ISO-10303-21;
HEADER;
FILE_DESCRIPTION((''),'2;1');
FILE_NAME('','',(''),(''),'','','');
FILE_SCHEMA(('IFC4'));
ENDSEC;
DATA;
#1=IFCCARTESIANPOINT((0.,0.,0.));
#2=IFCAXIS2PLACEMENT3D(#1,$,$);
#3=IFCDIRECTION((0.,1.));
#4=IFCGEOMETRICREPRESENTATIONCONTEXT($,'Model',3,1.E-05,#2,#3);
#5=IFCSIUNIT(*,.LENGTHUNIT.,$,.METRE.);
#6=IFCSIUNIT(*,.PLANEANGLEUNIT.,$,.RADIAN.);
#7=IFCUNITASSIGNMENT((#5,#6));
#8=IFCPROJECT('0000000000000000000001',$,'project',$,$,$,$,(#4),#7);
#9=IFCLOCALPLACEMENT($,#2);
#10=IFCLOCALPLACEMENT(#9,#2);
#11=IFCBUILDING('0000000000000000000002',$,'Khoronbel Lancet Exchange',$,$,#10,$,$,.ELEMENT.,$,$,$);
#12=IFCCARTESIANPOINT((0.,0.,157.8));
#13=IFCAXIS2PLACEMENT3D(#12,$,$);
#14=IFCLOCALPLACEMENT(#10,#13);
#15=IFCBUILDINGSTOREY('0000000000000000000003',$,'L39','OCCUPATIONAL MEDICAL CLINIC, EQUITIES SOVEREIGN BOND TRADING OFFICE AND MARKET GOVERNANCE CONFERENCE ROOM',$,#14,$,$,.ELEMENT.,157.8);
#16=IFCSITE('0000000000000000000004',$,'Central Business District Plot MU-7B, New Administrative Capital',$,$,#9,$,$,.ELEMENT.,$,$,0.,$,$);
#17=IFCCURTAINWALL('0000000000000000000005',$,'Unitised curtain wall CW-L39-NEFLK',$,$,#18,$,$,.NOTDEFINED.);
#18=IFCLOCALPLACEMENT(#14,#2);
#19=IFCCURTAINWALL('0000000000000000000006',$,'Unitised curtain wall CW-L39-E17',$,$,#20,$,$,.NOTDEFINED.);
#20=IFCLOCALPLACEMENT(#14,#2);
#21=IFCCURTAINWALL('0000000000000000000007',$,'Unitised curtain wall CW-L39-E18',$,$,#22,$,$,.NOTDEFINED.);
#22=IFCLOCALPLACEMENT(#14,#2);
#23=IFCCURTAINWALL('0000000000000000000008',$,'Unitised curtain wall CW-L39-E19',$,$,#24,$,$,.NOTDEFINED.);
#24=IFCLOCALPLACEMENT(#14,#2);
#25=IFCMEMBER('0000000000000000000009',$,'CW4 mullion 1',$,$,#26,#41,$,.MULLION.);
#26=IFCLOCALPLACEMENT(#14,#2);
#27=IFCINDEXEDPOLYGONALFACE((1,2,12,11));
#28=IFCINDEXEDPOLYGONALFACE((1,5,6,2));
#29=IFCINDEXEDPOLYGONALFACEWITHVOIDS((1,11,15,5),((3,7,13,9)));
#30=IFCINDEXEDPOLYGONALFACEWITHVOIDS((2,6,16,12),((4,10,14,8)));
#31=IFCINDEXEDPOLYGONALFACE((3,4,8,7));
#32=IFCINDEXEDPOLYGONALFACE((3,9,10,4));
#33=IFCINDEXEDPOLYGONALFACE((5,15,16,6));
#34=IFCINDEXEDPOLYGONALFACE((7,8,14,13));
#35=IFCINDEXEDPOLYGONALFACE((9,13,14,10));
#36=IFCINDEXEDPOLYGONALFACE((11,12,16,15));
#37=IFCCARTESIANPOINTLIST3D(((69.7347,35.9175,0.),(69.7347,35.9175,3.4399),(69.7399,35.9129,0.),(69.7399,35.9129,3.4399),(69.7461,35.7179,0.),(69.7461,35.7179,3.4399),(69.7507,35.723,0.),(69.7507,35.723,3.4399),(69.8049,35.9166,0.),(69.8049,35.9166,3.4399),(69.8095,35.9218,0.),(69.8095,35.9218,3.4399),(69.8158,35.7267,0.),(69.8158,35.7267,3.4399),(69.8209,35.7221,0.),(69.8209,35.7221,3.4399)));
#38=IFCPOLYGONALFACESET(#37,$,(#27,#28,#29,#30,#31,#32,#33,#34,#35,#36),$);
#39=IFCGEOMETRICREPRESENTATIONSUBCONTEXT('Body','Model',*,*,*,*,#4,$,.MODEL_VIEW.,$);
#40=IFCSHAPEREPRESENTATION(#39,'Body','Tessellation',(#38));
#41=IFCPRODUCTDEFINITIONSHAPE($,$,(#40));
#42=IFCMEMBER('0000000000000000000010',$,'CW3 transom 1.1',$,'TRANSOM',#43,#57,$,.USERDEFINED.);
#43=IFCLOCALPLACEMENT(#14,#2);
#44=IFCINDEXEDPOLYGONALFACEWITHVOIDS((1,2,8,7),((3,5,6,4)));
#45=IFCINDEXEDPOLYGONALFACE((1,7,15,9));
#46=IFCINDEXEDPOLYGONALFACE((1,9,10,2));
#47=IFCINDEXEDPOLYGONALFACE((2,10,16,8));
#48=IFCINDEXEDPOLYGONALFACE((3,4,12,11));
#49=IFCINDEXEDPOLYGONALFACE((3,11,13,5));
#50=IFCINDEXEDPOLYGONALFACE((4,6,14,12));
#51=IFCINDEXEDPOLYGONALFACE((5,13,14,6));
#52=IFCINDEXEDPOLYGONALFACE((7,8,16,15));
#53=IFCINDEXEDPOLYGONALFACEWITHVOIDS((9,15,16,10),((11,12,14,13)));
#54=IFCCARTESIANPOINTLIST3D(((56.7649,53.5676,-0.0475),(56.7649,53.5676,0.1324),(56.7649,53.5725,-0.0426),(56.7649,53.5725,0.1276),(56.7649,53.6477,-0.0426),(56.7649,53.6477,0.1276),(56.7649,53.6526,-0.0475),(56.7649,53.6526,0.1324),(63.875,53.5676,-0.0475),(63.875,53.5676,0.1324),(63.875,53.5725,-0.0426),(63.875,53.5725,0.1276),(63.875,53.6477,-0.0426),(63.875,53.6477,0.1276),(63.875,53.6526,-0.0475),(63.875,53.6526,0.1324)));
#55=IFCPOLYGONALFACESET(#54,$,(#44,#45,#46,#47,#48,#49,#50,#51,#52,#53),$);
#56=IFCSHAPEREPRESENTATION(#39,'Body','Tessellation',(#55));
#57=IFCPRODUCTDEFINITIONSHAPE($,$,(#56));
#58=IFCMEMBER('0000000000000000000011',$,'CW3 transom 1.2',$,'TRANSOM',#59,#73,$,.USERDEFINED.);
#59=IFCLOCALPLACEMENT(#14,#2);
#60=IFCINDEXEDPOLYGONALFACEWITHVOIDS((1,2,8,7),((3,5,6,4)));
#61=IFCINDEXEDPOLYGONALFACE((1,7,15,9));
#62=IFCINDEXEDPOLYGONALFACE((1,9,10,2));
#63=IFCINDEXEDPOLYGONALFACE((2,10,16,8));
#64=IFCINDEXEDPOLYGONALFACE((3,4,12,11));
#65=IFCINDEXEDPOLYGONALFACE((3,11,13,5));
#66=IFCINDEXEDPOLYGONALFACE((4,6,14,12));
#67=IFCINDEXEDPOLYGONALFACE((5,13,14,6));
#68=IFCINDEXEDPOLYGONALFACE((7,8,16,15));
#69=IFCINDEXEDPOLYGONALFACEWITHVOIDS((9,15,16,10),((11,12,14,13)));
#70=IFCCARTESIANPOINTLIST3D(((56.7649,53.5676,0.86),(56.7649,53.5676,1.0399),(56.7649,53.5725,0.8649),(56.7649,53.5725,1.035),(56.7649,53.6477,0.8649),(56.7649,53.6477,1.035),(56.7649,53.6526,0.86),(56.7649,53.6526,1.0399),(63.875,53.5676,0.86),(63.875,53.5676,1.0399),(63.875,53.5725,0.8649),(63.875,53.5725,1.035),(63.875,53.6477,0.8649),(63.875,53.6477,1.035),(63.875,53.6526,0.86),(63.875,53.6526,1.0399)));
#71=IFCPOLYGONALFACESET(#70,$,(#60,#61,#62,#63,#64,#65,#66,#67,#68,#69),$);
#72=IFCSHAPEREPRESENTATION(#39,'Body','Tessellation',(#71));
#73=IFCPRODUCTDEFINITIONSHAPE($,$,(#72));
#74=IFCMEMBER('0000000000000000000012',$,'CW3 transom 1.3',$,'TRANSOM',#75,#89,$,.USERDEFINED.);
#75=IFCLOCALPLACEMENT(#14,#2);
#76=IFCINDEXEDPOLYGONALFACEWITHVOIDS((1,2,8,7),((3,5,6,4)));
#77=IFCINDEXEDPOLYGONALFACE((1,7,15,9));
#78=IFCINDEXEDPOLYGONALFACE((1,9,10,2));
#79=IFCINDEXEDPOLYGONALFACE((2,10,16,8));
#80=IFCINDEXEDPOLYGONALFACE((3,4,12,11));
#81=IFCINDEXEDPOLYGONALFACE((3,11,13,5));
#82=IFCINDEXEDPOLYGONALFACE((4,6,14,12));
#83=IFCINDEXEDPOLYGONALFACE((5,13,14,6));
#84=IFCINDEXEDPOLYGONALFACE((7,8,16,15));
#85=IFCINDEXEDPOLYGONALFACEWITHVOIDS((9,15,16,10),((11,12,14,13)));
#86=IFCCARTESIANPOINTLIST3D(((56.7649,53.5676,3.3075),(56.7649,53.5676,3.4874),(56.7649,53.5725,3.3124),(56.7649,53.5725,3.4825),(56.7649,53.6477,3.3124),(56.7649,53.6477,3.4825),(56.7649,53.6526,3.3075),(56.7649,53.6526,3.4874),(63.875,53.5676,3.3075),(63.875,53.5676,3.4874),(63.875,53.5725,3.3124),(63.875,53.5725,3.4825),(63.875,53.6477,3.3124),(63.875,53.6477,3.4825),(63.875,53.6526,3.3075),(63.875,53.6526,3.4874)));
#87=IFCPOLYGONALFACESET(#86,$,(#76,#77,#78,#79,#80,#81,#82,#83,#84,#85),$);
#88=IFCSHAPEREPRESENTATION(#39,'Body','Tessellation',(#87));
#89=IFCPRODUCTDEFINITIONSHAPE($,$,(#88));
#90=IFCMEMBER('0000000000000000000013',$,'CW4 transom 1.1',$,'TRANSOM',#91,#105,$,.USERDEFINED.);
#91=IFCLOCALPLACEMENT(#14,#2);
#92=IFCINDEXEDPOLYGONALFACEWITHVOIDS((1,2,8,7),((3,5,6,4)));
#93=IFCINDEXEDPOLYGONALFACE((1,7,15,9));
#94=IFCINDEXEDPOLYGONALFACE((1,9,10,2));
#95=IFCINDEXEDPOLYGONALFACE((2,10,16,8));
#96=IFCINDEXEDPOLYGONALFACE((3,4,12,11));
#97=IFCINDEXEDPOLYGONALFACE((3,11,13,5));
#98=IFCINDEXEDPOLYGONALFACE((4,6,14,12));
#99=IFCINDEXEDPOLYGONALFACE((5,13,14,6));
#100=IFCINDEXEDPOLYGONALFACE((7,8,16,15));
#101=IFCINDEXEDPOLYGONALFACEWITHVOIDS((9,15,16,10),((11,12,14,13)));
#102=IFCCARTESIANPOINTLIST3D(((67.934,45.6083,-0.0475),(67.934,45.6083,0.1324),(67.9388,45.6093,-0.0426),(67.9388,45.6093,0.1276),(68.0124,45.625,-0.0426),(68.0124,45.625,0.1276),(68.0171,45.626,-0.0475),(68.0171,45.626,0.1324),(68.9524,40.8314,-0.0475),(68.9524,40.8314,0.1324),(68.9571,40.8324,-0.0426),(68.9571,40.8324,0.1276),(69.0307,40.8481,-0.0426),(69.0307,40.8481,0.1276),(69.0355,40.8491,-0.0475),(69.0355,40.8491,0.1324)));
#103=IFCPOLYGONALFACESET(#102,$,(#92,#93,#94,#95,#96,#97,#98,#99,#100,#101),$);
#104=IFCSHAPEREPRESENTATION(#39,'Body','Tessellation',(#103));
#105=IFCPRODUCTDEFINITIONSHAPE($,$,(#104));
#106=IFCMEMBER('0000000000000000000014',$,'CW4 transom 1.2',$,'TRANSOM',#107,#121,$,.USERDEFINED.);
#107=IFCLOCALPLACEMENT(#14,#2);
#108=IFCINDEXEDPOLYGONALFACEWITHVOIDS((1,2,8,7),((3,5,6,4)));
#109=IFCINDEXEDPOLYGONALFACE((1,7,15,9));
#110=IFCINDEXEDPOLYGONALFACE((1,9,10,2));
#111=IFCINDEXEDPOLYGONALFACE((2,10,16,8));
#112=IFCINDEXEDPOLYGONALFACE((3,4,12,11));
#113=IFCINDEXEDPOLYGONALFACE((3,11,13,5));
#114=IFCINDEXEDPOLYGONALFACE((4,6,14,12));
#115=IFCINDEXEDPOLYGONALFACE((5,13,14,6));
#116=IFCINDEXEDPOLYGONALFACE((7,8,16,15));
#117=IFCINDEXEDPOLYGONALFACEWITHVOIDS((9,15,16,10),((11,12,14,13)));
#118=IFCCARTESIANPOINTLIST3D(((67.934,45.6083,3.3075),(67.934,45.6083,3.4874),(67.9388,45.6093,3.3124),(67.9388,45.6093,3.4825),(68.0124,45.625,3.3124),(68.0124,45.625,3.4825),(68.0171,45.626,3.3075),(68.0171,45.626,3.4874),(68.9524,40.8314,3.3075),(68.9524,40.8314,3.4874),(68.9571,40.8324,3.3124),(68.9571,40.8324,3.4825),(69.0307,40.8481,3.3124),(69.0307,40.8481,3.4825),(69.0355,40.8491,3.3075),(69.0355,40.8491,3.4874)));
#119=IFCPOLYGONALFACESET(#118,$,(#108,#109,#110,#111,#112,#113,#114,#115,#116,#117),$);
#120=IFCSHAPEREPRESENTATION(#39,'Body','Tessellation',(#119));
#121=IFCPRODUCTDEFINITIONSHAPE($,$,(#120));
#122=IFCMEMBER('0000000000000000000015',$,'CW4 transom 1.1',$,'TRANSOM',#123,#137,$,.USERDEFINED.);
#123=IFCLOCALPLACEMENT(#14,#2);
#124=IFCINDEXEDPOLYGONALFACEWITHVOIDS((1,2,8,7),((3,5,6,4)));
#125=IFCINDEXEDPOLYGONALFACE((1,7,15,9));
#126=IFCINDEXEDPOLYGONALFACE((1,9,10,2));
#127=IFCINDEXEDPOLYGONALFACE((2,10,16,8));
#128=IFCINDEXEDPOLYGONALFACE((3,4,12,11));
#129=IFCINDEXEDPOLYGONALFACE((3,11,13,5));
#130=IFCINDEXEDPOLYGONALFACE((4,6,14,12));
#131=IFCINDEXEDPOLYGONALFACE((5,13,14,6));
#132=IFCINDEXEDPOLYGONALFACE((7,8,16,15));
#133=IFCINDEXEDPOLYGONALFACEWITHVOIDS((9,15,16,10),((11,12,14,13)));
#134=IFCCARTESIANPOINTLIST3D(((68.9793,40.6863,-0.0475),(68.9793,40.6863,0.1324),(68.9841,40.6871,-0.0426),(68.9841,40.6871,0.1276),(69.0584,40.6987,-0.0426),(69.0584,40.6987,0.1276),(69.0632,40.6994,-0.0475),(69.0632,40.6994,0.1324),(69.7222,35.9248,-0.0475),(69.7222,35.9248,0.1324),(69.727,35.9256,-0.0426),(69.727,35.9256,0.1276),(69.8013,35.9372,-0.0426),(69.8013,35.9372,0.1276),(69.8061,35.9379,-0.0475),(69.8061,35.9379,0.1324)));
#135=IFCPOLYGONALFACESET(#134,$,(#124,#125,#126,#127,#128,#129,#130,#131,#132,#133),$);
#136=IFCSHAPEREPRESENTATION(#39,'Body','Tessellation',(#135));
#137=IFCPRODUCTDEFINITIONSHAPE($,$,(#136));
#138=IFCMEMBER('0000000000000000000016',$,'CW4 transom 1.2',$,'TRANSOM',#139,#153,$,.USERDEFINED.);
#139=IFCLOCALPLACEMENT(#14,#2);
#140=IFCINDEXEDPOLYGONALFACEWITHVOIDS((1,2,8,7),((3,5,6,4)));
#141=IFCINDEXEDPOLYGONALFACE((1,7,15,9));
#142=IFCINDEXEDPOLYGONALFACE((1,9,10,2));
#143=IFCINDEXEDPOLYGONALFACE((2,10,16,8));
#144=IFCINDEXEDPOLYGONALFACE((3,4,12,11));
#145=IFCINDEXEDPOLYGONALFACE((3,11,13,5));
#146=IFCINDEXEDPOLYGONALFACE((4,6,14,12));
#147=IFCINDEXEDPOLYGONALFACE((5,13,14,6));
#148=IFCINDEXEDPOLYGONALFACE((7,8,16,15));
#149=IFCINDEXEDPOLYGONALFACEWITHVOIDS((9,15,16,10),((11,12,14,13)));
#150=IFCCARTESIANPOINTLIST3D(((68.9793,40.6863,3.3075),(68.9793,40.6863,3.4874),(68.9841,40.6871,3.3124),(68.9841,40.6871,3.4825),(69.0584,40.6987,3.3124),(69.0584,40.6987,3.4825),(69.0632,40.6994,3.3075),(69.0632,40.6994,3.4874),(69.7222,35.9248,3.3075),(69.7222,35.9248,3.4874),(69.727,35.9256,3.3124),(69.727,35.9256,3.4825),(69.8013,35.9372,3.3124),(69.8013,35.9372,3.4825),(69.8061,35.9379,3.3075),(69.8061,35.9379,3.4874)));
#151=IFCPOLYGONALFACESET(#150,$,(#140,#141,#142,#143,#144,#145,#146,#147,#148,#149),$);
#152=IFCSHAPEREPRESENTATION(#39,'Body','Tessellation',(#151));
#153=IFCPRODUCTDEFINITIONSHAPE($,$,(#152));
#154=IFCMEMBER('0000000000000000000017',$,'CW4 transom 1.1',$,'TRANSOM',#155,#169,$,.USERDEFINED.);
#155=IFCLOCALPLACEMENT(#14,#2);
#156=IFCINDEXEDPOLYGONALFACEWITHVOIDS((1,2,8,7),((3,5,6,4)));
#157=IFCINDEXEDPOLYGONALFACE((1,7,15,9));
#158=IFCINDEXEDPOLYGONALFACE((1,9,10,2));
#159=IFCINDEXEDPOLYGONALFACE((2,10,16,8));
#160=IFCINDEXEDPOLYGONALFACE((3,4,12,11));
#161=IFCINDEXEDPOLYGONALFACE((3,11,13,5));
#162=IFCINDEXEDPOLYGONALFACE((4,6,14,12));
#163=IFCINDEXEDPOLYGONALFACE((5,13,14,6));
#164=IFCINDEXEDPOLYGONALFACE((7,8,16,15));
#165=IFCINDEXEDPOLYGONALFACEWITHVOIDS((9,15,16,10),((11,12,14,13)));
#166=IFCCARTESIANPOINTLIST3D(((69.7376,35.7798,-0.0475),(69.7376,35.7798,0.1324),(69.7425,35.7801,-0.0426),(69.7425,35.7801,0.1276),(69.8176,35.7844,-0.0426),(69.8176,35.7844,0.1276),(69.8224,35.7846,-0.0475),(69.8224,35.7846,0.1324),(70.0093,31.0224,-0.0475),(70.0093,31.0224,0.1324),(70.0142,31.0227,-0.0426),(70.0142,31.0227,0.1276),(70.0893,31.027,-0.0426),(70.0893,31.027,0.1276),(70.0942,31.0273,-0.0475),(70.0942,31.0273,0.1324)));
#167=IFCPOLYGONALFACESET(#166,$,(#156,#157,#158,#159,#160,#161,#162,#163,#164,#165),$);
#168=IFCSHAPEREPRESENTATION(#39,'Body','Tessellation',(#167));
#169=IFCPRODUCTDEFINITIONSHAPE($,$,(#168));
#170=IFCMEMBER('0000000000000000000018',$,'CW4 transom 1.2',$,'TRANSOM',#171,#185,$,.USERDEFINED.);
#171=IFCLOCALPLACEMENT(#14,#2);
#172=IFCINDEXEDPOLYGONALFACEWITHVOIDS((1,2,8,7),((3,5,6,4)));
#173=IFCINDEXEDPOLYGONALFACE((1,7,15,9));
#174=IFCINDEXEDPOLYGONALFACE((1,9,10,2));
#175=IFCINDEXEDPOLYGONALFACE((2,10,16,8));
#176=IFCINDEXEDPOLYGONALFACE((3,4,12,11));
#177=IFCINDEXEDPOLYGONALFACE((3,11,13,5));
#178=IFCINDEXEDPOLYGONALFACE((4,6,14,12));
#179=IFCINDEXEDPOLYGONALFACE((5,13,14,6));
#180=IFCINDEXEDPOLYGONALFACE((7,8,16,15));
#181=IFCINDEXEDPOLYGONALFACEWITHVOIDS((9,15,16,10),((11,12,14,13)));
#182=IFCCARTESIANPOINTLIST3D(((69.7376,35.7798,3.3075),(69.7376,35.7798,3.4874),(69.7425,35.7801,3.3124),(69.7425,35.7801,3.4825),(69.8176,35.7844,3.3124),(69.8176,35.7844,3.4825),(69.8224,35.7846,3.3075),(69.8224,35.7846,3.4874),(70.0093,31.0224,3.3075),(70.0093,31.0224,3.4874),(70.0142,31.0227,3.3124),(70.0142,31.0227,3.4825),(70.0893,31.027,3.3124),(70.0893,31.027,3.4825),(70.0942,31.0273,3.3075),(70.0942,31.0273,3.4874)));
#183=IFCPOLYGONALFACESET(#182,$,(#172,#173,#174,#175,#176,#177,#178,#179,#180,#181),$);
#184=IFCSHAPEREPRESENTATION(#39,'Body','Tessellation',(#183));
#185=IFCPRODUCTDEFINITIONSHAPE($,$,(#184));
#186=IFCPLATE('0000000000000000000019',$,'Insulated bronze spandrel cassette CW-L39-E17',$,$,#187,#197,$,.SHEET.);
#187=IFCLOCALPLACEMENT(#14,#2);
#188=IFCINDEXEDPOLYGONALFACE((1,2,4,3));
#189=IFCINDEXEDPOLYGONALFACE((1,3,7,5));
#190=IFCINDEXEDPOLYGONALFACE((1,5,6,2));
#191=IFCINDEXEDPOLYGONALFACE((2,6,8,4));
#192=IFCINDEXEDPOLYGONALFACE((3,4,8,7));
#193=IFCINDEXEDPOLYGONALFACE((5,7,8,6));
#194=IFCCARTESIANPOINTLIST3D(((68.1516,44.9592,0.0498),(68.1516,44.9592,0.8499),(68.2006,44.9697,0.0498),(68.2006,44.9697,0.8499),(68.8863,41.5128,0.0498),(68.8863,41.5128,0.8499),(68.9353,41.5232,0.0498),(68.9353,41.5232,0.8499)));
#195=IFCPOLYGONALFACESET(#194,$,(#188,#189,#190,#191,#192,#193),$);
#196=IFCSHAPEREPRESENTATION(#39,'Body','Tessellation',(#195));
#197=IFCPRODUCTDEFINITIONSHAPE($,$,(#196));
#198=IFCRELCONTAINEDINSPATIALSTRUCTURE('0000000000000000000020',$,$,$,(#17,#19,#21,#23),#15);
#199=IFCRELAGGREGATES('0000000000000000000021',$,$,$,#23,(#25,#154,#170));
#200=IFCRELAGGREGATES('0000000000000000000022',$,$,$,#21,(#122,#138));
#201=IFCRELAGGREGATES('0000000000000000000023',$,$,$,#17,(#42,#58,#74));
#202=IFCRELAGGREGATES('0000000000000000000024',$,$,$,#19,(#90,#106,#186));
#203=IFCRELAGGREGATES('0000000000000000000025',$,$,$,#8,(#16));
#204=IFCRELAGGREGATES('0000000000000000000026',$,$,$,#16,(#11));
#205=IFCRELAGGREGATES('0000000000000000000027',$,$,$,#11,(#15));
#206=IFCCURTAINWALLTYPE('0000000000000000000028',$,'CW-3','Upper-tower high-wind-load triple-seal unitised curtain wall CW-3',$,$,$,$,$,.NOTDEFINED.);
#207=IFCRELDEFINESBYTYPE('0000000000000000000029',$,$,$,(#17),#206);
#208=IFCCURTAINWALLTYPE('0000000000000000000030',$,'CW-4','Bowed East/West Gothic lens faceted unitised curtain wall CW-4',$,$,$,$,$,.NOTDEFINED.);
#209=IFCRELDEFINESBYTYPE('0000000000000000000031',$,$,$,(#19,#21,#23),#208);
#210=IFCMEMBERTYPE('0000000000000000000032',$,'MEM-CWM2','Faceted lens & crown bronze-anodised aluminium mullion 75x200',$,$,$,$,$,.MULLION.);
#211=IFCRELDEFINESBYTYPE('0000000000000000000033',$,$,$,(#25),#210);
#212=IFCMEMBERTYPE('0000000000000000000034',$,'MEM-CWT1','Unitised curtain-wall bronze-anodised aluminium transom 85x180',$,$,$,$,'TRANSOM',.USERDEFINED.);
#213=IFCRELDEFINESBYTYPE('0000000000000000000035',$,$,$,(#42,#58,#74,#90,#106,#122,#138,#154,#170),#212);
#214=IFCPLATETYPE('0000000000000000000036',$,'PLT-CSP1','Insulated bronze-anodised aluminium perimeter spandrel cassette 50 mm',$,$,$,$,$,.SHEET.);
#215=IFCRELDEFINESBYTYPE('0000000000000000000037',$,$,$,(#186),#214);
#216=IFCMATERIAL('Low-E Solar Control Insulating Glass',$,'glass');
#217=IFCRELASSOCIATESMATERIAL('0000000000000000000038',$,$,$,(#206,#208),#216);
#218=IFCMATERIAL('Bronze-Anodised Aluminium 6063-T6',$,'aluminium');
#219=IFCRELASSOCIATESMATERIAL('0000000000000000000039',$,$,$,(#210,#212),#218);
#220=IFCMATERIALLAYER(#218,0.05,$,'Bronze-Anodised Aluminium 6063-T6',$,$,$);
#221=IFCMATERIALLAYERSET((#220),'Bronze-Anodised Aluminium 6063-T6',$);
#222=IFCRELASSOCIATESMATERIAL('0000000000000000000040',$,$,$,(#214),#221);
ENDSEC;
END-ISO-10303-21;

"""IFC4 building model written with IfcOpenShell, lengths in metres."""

from ifc_helpers import new_model, si_unit, direction, frame, origin, origin_2d, place, context, subcontext, project, spatial, rectangle, hollow_rectangle, extrude, material, layer, layer_set, material_profile, profile_set, type_object, element, aggregate, save


model = new_model("IFC4")

# Units and contexts
model_context = context("Model", 3, precision=1e-05, world=origin(), true_north=direction((0.0, 1.0)))
body_context = subcontext(model_context, "Body", "Model", "MODEL_VIEW")
ifc_project = project(units=[si_unit("LENGTHUNIT", "METRE"), si_unit("PLANEANGLEUNIT", "RADIAN")], contexts=[model_context])

# Site, building, storey
site_placement = place(None, origin())
site = spatial("IfcSite", under=ifc_project, at=site_placement, Name="Central Business District Plot MU-7B, New Administrative Capital", CompositionType="ELEMENT", RefElevation=0.0)
building_placement = place(site_placement, origin())
building = spatial("IfcBuilding", under=site, at=building_placement, Name="Khoronbel Lancet Exchange", CompositionType="ELEMENT")
storey_placement = place(building_placement, frame((0.0, 0.0, 157.8)))
storey = spatial("IfcBuildingStorey", under=building, at=storey_placement, Name="L39", Description="OCCUPATIONAL MEDICAL CLINIC, EQUITIES SOVEREIGN BOND TRADING OFFICE AND MARKET GOVERNANCE CONFERENCE ROOM", CompositionType="ELEMENT", Elevation=157.8)

# Curtain wall
ifc_material_1 = material(Name="Low-E Solar Control Insulating Glass", Category="glass")
curtain_wall_type_1 = type_object("IfcCurtainWallType", Name="CW-3", Description="Upper-tower high-wind-load triple-seal unitised curtain wall CW-3", PredefinedType="NOTDEFINED", material=ifc_material_1)
curtain_wall_1_placement = place(storey_placement, origin())
curtain_wall_1 = element("IfcCurtainWall", 1, at=curtain_wall_1_placement, inside=storey, type_object=curtain_wall_type_1, Name="Unitised curtain wall CW-L39-NEFLK", PredefinedType="NOTDEFINED")
ifc_material_2 = material(Name="Bronze-Anodised Aluminium 6063-T6", Category="aluminium")

# Curtain walls
curtain_wall_type_2 = type_object("IfcCurtainWallType", Name="CW-4", Description="Bowed East/West Gothic lens faceted unitised curtain wall CW-4", PredefinedType="NOTDEFINED", material=ifc_material_1)
curtain_wall_2_placement = place(storey_placement, origin())
curtain_wall_2 = element("IfcCurtainWall", 2, at=curtain_wall_2_placement, inside=storey, type_object=curtain_wall_type_2, Name="Unitised curtain wall CW-L39-E17", PredefinedType="NOTDEFINED")
ifc_material_profile_1 = material_profile(ifc_material_2, hollow_rectangle(XDim=0.075, YDim=0.2, WallThickness=0.0049, at=origin_2d()), Name="ALU MULLION 75x200")
ifc_profile_set_1 = profile_set([ifc_material_profile_1], Name="Bronze-Anodised Aluminium 6063-T6")
member_type_1 = type_object("IfcMemberType", Name="MEM-CWM2", Description="Faceted lens & crown bronze-anodised aluminium mullion 75x200", PredefinedType="MULLION", material=ifc_profile_set_1)
curtain_wall_3_placement = place(storey_placement, origin())
curtain_wall_3 = element("IfcCurtainWall", 3, at=curtain_wall_3_placement, inside=storey, type_object=curtain_wall_type_2, Name="Unitised curtain wall CW-L39-E18", PredefinedType="NOTDEFINED")

# Curtain wall, member
curtain_wall_4_placement = place(storey_placement, origin())
curtain_wall_4 = element("IfcCurtainWall", 4, at=curtain_wall_4_placement, inside=storey, type_object=curtain_wall_type_2, Name="Unitised curtain wall CW-L39-E19", PredefinedType="NOTDEFINED")
member_1_placement = place(storey_placement, frame((69.7778, 35.8198, 0.0), z_axis=(0.0, 0.0, 1.0), x_axis=(0.998373, 0.057027, 0.0)))
member_1 = element("IfcMember", 5, at=member_1_placement, type_object=member_type_1, Name="CW4 mullion 1", PredefinedType="MULLION", context=body_context, shape_type="SweptSolid", body=[
    extrude(hollow_rectangle(XDim=0.075, YDim=0.2, WallThickness=0.0049, at=origin_2d()), origin(), (0.0, 0.0, 1.0), 3.4399),
])

# Members
ifc_material_profile_2 = material_profile(ifc_material_2, hollow_rectangle(XDim=0.085, YDim=0.1799, WallThickness=0.0049, at=origin_2d()), Name="ALU TRANSOM 85x180")
ifc_profile_set_2 = profile_set([ifc_material_profile_2], Name="Bronze-Anodised Aluminium 6063-T6")
member_type_2 = type_object("IfcMemberType", Name="MEM-CWT1", Description="Unitised curtain-wall bronze-anodised aluminium transom 85x180", ElementType="TRANSOM", PredefinedType="USERDEFINED", material=ifc_profile_set_2)
member_2_placement = place(storey_placement, frame((63.875, 53.6101, 0.0425), z_axis=(-1.0, 0.0, 0.0), x_axis=(0.0, -1.0, 0.0)))
member_2 = element("IfcMember", 6, at=member_2_placement, type_object=member_type_2, Name="CW3 transom 1.1", ObjectType="TRANSOM", PredefinedType="USERDEFINED", context=body_context, shape_type="SweptSolid", body=[
    extrude(hollow_rectangle(XDim=0.085, YDim=0.1799, WallThickness=0.0049, at=origin_2d()), origin(), (0.0, 0.0, 1.0), 7.1101),
])
member_3_placement = place(storey_placement, frame((63.875, 53.6101, 0.95), z_axis=(-1.0, 0.0, 0.0), x_axis=(0.0, -1.0, 0.0)))
member_3 = element("IfcMember", 7, at=member_3_placement, type_object=member_type_2, Name="CW3 transom 1.2", ObjectType="TRANSOM", PredefinedType="USERDEFINED", context=body_context, shape_type="SweptSolid", body=[
    extrude(hollow_rectangle(XDim=0.085, YDim=0.1799, WallThickness=0.0049, at=origin_2d()), origin(), (0.0, 0.0, 1.0), 7.1101),
])
member_4_placement = place(storey_placement, frame((63.875, 53.6101, 3.3975), z_axis=(-1.0, 0.0, 0.0), x_axis=(0.0, -1.0, 0.0)))
member_4 = element("IfcMember", 8, at=member_4_placement, type_object=member_type_2, Name="CW3 transom 1.3", ObjectType="TRANSOM", PredefinedType="USERDEFINED", context=body_context, shape_type="SweptSolid", body=[
    extrude(hollow_rectangle(XDim=0.085, YDim=0.1799, WallThickness=0.0049, at=origin_2d()), origin(), (0.0, 0.0, 1.0), 7.1101),
])
member_5_placement = place(storey_placement, frame((67.9756, 45.6172, 0.0425), z_axis=(0.208491, -0.978024, 0.0), x_axis=(0.978024, 0.208491, 0.0)))
member_5 = element("IfcMember", 9, at=member_5_placement, type_object=member_type_2, Name="CW4 transom 1.1", ObjectType="TRANSOM", PredefinedType="USERDEFINED", context=body_context, shape_type="SweptSolid", body=[
    extrude(hollow_rectangle(XDim=0.085, YDim=0.1799, WallThickness=0.0049, at=origin_2d()), origin(), (0.0, 0.0, 1.0), 4.8843),
])
member_6_placement = place(storey_placement, frame((67.9756, 45.6172, 3.3975), z_axis=(0.208491, -0.978024, 0.0), x_axis=(0.978024, 0.208491, 0.0)))
member_6 = element("IfcMember", 10, at=member_6_placement, type_object=member_type_2, Name="CW4 transom 1.2", ObjectType="TRANSOM", PredefinedType="USERDEFINED", context=body_context, shape_type="SweptSolid", body=[
    extrude(hollow_rectangle(XDim=0.085, YDim=0.1799, WallThickness=0.0049, at=origin_2d()), origin(), (0.0, 0.0, 1.0), 4.8843),
])
member_7_placement = place(storey_placement, frame((69.0212, 40.6929, 0.0425), z_axis=(0.154162, -0.988046, 0.0), x_axis=(0.988046, 0.154162, 0.0)))
member_7 = element("IfcMember", 11, at=member_7_placement, type_object=member_type_2, Name="CW4 transom 1.1", ObjectType="TRANSOM", PredefinedType="USERDEFINED", context=body_context, shape_type="SweptSolid", body=[
    extrude(hollow_rectangle(XDim=0.085, YDim=0.1799, WallThickness=0.0049, at=origin_2d()), origin(), (0.0, 0.0, 1.0), 4.8191),
])
member_8_placement = place(storey_placement, frame((69.0212, 40.6929, 3.3975), z_axis=(0.154162, -0.988046, 0.0), x_axis=(0.988046, 0.154162, 0.0)))
member_8 = element("IfcMember", 12, at=member_8_placement, type_object=member_type_2, Name="CW4 transom 1.2", ObjectType="TRANSOM", PredefinedType="USERDEFINED", context=body_context, shape_type="SweptSolid", body=[
    extrude(hollow_rectangle(XDim=0.085, YDim=0.1799, WallThickness=0.0049, at=origin_2d()), origin(), (0.0, 0.0, 1.0), 4.8191),
])
member_9_placement = place(storey_placement, frame((69.78, 35.7822, 0.0425), z_axis=(0.057025, -0.998373, 0.0), x_axis=(0.998373, 0.057025, 0.0)))
member_9 = element("IfcMember", 13, at=member_9_placement, type_object=member_type_2, Name="CW4 transom 1.1", ObjectType="TRANSOM", PredefinedType="USERDEFINED", context=body_context, shape_type="SweptSolid", body=[
    extrude(hollow_rectangle(XDim=0.085, YDim=0.1799, WallThickness=0.0049, at=origin_2d()), origin(), (0.0, 0.0, 1.0), 4.7651),
])
member_10_placement = place(storey_placement, frame((69.78, 35.7822, 3.3975), z_axis=(0.057025, -0.998373, 0.0), x_axis=(0.998373, 0.057025, 0.0)))
member_10 = element("IfcMember", 14, at=member_10_placement, type_object=member_type_2, Name="CW4 transom 1.2", ObjectType="TRANSOM", PredefinedType="USERDEFINED", context=body_context, shape_type="SweptSolid", body=[
    extrude(hollow_rectangle(XDim=0.085, YDim=0.1799, WallThickness=0.0049, at=origin_2d()), origin(), (0.0, 0.0, 1.0), 4.7651),
])
aggregate(curtain_wall_4, [member_1, member_9, member_10])

# Plate
ifc_layer_1 = layer(ifc_material_2, 0.05, Name="Bronze-Anodised Aluminium 6063-T6")
ifc_layer_set_1 = layer_set([ifc_layer_1], Name="Bronze-Anodised Aluminium 6063-T6")
plate_type_1 = type_object("IfcPlateType", Name="PLT-CSP1", Description="Insulated bronze-anodised aluminium perimeter spandrel cassette 50 mm", PredefinedType="SHEET", material=ifc_layer_set_1)
plate_1_placement = place(storey_placement, frame((68.5435, 43.2412, 0.0498), z_axis=(0.0, 0.0, 1.0), x_axis=(0.208497, -0.978023, 0.0)))
plate_1 = element("IfcPlate", 15, at=plate_1_placement, type_object=plate_type_1, Name="Insulated bronze spandrel cassette CW-L39-E17", PredefinedType="SHEET", context=body_context, shape_type="SweptSolid", body=[
    extrude(rectangle(XDim=3.5239, YDim=0.05, at=origin_2d()), origin(), (0.0, 0.0, 1.0), 0.8),
])
aggregate(curtain_wall_3, [member_7, member_8])
aggregate(curtain_wall_1, [member_2, member_3, member_4])
aggregate(curtain_wall_2, [member_5, member_6, plate_1])

save(model, "model.ifc")
